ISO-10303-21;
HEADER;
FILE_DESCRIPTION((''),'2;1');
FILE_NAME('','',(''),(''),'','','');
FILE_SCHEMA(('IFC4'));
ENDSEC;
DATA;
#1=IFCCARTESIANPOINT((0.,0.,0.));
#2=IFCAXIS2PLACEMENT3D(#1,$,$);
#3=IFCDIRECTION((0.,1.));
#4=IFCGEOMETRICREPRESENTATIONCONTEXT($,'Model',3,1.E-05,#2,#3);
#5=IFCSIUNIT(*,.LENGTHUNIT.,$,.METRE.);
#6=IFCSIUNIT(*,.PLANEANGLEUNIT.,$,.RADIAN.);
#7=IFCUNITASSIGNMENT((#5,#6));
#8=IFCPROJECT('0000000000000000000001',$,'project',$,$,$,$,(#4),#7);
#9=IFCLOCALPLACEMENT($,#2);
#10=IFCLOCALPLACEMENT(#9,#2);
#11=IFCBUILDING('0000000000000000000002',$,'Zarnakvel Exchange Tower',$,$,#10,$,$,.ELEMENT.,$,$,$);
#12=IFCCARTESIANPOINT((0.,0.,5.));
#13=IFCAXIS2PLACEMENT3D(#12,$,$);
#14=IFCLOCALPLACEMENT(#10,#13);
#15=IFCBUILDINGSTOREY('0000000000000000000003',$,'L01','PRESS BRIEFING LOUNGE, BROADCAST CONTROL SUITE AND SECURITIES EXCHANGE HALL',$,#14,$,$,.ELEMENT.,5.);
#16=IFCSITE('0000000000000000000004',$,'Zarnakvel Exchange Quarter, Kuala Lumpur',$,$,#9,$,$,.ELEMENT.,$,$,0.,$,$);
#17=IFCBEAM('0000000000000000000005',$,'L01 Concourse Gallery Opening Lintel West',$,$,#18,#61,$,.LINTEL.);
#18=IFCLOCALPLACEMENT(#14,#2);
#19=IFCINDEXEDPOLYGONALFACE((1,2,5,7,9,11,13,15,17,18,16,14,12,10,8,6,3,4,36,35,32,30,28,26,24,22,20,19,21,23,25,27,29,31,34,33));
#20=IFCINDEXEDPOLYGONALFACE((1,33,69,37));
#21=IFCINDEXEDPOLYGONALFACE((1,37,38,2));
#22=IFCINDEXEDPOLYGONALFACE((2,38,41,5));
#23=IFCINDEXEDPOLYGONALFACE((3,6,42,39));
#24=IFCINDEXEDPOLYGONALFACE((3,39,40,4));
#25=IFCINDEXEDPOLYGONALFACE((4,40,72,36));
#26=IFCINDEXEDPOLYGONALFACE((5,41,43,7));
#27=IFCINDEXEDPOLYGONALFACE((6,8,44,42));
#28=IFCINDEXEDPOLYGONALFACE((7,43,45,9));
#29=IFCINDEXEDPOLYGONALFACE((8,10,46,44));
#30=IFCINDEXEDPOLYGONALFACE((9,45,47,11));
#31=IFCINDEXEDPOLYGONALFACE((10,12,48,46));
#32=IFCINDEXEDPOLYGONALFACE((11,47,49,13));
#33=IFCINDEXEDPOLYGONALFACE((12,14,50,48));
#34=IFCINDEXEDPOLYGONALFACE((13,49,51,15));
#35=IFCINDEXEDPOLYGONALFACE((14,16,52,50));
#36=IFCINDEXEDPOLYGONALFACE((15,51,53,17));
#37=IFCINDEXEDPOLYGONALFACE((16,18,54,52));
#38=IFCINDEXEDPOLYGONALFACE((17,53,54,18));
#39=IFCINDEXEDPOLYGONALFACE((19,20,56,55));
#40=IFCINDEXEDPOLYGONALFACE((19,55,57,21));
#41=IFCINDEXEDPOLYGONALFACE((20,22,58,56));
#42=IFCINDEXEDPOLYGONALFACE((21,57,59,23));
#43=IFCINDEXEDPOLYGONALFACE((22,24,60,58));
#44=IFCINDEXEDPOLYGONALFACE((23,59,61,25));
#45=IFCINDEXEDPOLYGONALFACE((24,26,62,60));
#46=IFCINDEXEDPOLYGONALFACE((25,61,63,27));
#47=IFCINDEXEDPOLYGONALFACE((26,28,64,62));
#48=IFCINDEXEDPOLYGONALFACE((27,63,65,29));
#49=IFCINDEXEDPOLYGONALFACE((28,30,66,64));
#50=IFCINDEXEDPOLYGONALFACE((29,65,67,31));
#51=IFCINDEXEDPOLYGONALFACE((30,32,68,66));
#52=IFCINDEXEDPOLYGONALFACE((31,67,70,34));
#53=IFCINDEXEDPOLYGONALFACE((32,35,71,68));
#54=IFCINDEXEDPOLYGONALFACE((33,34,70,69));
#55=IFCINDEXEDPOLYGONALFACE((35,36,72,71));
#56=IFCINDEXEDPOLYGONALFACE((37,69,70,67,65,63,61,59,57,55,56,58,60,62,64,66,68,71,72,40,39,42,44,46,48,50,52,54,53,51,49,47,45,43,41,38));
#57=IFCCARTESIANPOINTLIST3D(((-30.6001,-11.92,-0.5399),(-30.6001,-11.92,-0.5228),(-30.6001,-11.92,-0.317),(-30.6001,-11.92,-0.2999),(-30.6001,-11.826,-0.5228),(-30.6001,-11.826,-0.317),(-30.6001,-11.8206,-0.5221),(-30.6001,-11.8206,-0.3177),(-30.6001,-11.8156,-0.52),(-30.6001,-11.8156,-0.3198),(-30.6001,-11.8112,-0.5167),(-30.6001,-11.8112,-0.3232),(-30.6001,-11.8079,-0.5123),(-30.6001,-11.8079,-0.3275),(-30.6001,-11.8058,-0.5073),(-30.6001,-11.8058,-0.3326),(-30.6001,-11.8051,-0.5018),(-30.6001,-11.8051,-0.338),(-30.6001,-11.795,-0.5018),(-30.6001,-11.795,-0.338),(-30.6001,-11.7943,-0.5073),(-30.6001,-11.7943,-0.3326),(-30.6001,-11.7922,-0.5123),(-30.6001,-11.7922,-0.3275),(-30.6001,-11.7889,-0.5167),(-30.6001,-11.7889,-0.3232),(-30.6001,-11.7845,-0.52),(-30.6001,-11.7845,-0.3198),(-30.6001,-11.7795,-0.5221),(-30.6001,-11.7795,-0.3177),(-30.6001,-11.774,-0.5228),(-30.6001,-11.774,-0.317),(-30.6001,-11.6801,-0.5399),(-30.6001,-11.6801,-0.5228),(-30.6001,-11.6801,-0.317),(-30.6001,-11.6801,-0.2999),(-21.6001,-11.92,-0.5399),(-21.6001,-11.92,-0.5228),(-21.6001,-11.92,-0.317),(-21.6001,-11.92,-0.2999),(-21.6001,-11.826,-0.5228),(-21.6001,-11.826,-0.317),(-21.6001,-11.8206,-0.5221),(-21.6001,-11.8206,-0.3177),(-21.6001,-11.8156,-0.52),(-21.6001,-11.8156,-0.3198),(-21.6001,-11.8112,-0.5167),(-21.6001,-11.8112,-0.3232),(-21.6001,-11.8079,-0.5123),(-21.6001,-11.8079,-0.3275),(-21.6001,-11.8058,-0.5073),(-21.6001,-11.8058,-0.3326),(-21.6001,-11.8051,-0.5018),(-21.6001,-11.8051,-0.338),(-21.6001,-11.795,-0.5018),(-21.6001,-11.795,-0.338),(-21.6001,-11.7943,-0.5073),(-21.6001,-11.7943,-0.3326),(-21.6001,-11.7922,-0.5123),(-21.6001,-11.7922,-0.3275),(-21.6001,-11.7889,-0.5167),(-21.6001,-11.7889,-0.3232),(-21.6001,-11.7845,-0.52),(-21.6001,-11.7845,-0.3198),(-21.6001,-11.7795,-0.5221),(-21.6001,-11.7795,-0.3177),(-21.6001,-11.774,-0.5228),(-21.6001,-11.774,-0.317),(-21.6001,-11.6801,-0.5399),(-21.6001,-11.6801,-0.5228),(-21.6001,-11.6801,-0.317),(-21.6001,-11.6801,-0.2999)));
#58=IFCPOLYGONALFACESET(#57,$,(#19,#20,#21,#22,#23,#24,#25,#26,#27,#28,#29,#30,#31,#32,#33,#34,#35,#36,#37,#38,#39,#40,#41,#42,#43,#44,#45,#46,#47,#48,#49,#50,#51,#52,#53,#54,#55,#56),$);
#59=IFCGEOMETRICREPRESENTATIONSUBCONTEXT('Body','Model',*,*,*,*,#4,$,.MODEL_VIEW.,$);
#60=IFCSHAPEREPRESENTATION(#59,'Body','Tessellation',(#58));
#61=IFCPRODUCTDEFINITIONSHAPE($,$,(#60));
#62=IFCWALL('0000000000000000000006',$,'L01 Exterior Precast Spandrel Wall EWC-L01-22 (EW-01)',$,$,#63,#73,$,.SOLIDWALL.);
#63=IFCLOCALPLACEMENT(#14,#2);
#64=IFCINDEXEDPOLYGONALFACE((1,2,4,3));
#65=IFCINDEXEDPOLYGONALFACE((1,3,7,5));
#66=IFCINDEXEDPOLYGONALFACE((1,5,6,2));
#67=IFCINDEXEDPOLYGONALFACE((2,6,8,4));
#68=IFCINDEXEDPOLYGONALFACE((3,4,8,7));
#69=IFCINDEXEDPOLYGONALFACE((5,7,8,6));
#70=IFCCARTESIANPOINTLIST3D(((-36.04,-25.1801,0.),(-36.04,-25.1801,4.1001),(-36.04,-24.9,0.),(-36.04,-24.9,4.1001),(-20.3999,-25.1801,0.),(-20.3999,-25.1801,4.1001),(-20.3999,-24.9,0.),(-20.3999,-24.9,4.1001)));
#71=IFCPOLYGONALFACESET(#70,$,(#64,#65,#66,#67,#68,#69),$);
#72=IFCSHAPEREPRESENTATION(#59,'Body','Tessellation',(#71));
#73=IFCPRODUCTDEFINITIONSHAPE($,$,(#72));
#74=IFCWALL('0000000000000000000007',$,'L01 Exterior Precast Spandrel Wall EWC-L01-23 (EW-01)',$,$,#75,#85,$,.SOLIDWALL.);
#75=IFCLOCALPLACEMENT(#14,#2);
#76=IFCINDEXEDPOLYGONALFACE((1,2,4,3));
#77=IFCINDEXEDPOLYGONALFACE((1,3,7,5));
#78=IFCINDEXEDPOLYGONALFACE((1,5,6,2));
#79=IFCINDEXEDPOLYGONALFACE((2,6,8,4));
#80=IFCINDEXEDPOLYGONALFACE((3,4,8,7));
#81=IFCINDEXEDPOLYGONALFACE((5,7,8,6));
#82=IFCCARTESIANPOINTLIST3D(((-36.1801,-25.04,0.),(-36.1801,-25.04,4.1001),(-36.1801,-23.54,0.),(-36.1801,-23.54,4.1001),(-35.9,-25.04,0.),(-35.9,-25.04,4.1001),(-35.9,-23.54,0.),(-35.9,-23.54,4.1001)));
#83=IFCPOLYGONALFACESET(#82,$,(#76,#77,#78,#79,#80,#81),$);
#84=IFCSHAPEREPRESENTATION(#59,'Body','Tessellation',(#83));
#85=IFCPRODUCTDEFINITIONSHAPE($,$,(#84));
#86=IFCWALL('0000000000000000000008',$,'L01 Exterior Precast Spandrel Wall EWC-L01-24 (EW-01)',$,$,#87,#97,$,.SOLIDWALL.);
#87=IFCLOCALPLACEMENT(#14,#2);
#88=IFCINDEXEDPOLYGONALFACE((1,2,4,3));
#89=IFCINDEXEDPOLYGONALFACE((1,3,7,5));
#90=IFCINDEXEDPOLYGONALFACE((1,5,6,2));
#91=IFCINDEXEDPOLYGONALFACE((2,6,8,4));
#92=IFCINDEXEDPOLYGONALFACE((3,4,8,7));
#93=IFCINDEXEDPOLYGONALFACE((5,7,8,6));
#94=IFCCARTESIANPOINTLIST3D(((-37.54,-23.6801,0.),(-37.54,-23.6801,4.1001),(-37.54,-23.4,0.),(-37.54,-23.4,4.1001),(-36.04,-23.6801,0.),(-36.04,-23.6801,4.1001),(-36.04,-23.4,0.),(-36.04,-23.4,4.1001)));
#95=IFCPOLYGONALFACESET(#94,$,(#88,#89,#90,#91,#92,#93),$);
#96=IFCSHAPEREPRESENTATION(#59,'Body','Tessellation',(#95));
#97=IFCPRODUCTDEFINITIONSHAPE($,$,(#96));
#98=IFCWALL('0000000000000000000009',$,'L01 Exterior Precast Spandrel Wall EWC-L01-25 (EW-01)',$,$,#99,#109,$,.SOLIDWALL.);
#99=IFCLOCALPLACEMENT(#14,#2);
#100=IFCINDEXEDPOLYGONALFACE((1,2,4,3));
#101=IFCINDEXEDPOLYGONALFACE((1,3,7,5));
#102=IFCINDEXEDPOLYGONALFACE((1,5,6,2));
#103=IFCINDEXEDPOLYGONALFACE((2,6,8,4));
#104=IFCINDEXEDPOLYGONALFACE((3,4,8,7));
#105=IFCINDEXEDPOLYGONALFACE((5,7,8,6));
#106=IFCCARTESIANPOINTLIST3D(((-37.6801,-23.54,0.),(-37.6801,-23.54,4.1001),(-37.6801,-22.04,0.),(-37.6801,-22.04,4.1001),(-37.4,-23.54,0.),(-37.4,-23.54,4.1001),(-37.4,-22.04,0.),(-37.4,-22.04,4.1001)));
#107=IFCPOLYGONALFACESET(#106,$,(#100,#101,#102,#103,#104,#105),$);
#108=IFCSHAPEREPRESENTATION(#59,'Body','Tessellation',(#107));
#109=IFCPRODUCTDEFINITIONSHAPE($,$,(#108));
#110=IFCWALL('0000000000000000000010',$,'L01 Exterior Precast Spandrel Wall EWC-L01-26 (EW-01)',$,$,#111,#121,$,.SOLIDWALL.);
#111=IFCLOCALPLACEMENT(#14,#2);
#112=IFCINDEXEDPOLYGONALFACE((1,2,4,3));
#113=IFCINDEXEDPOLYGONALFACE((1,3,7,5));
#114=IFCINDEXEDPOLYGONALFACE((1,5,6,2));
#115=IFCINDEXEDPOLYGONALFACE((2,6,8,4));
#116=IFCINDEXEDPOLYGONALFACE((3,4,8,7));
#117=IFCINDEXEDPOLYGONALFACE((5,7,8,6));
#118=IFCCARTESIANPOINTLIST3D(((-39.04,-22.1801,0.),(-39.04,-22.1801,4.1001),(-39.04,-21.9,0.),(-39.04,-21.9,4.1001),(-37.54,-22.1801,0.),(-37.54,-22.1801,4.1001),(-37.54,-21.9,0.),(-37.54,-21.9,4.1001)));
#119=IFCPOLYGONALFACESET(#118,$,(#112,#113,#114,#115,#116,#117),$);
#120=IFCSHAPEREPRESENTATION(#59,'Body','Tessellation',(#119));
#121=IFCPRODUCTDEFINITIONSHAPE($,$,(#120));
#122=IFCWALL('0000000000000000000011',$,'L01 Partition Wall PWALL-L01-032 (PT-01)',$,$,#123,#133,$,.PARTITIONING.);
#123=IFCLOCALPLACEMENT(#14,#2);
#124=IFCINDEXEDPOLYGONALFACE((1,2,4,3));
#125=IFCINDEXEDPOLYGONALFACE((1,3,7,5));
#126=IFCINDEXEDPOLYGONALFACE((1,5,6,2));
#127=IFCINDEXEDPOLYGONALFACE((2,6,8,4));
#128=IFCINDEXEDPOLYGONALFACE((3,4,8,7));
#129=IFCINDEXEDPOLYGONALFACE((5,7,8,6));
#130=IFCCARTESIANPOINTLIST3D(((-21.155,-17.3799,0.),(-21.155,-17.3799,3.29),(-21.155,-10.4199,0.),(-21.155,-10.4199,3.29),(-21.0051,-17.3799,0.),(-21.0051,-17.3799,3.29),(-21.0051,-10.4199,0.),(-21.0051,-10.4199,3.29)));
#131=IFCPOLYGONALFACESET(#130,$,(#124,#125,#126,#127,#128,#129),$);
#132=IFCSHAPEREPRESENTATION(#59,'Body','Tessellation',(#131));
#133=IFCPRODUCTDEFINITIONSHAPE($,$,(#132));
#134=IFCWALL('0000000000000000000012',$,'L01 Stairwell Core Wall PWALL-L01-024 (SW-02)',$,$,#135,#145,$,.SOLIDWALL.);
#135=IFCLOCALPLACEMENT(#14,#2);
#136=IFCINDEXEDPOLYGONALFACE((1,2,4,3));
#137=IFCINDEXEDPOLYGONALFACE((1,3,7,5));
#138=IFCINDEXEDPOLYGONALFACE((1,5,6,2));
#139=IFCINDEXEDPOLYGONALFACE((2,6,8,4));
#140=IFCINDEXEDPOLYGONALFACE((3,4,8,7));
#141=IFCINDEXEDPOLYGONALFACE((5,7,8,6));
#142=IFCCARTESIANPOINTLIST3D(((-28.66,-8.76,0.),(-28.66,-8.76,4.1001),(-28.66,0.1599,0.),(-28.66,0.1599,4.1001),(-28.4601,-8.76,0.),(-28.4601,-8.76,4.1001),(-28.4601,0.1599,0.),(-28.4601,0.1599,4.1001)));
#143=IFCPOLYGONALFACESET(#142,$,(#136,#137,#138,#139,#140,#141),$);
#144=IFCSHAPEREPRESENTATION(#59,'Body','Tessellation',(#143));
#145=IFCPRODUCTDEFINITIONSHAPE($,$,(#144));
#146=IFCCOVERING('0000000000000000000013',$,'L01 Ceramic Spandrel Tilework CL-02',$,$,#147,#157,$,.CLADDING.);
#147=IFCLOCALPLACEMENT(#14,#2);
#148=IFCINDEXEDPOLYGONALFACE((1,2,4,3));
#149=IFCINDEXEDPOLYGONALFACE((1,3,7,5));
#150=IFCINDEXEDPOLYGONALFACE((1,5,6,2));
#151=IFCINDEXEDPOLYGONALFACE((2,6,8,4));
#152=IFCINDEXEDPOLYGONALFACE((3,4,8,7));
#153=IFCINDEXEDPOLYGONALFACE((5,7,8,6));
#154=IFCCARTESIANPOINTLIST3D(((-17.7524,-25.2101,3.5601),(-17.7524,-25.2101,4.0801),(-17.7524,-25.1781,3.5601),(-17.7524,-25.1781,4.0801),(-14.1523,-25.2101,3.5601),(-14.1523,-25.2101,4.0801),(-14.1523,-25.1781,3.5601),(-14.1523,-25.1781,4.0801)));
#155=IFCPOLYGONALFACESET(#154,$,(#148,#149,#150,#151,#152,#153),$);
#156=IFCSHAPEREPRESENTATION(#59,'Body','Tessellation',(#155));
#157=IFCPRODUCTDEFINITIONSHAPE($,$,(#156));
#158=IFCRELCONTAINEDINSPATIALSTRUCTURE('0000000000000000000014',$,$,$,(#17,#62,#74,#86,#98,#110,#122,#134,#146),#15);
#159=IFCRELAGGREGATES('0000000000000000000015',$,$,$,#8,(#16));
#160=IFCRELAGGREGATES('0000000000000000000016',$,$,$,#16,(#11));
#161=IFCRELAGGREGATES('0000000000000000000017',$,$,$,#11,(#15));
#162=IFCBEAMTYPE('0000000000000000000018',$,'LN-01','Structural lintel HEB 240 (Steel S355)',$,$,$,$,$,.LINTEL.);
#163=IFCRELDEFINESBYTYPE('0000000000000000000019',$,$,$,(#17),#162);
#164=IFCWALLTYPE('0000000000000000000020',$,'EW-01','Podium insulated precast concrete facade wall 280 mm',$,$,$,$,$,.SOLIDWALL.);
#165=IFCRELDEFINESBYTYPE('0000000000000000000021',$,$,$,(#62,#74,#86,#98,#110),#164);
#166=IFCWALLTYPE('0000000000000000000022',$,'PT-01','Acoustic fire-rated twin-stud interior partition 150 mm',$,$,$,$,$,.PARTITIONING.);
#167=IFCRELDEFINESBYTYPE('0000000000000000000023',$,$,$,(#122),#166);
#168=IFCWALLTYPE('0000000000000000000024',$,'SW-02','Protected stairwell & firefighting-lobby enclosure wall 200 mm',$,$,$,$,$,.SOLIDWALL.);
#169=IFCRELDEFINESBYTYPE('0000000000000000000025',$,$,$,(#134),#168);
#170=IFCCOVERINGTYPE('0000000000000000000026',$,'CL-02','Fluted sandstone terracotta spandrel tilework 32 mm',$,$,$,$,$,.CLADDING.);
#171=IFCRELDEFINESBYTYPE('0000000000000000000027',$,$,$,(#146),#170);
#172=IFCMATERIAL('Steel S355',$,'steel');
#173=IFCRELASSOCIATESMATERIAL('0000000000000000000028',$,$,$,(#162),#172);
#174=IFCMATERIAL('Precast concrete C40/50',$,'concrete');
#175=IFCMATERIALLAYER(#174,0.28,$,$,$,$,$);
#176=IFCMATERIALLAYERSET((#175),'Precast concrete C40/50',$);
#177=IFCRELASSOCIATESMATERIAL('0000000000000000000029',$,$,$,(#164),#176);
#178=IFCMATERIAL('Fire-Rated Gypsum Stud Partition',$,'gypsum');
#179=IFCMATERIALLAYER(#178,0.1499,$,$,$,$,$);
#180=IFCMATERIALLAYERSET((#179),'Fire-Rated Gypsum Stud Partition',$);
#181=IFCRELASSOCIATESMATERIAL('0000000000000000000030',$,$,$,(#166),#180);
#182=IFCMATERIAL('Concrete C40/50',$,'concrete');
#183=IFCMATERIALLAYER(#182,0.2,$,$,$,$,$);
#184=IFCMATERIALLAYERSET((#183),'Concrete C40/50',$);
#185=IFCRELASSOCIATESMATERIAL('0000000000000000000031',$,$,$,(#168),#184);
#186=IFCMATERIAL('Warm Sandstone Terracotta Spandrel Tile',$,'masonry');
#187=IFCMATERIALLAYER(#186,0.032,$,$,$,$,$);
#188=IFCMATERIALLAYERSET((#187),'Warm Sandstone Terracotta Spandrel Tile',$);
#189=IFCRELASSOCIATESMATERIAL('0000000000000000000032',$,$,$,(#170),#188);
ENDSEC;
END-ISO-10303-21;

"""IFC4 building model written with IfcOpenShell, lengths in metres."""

from ifc_helpers import new_model, si_unit, direction, frame, frame_2d, origin, origin_2d, place, context, subcontext, project, spatial, rectangle, i_section, extrude, source, transform, mapped, material, layer, layer_set, material_profile, profile_set, type_object, element, save


model = new_model("IFC4")

# Units and contexts
model_context = context("Model", 3, precision=1e-05, world=origin(), true_north=direction((0.0, 1.0)))
body_context = subcontext(model_context, "Body", "Model", "MODEL_VIEW")
ifc_project = project(units=[si_unit("LENGTHUNIT", "METRE"), si_unit("PLANEANGLEUNIT", "RADIAN")], contexts=[model_context])

# Site, building, storey
site_placement = place(None, origin())
site = spatial("IfcSite", under=ifc_project, at=site_placement, Name="Zarnakvel Exchange Quarter, Kuala Lumpur", CompositionType="ELEMENT", RefElevation=0.0)
building_placement = place(site_placement, origin())
building = spatial("IfcBuilding", under=site, at=building_placement, Name="Zarnakvel Exchange Tower", CompositionType="ELEMENT")
storey_placement = place(building_placement, frame((0.0, 0.0, 5.0)))
storey = spatial("IfcBuildingStorey", under=building, at=storey_placement, Name="L01", Description="PRESS BRIEFING LOUNGE, BROADCAST CONTROL SUITE AND SECURITIES EXCHANGE HALL", CompositionType="ELEMENT", Elevation=5.0)

# Beam
ifc_material_1 = material(Name="Steel S355", Category="steel")
ifc_material_profile_1 = material_profile(ifc_material_1, i_section(OverallWidth=0.24, OverallDepth=0.24, WebThickness=0.01, FlangeThickness=0.0171, FilletRadius=0.021, at=origin_2d()))
ifc_profile_set_1 = profile_set([ifc_material_profile_1], Name="Steel S355")
beam_type_1 = type_object("IfcBeamType", Name="LN-01", Description="Structural lintel HEB 240 (Steel S355)", PredefinedType="LINTEL", material=ifc_profile_set_1)
beam_1_placement = place(storey_placement, frame((-30.6001, -11.8, -0.4199), z_axis=(1.0, 0.0, 0.0), x_axis=(0.0, 1.0, 0.0)))
element("IfcBeam", 1, at=beam_1_placement, inside=storey, type_object=beam_type_1, Name="L01 Concourse Gallery Opening Lintel West", PredefinedType="LINTEL", context=body_context, shape_type="SweptSolid", body=[
    extrude(i_section(OverallWidth=0.24, OverallDepth=0.24, WebThickness=0.01, FlangeThickness=0.0171, FilletRadius=0.021, at=origin_2d()), origin(), (0.0, 0.0, 1.0), 9.0),
])

# Walls
ifc_material_2 = material(Name="Precast concrete C40/50", Category="concrete")
ifc_layer_1 = layer(ifc_material_2, 0.28)
ifc_layer_set_1 = layer_set([ifc_layer_1], Name="Precast concrete C40/50")
wall_type_1 = type_object("IfcWallType", Name="EW-01", Description="Podium insulated precast concrete facade wall 280 mm", PredefinedType="SOLIDWALL", material=ifc_layer_set_1)
wall_1_placement = place(storey_placement, frame((-36.04, -25.04, 0.0), z_axis=(0.0, 0.0, 1.0), x_axis=(1.0, 0.0, 0.0)))
element("IfcWall", 2, at=wall_1_placement, inside=storey, type_object=wall_type_1, Name="L01 Exterior Precast Spandrel Wall EWC-L01-22 (EW-01)", PredefinedType="SOLIDWALL", context=body_context, shape_type="SweptSolid", body=[
    extrude(rectangle(XDim=15.6401, YDim=0.28, at=frame_2d((7.8201, 0.0))), origin(), (0.0, 0.0, 1.0), 4.1001),
])
for number, where, z_axis, x_axis, name in (
    (3, (-36.04, -23.54, 0.0), (0.0, 0.0, 1.0), (0.0, -1.0, 0.0), "L01 Exterior Precast Spandrel Wall EWC-L01-23 (EW-01)"),
    (4, (-37.54, -23.54, 0.0), (0.0, 0.0, 1.0), (1.0, 0.0, 0.0), "L01 Exterior Precast Spandrel Wall EWC-L01-24 (EW-01)"),
    (5, (-37.54, -22.04, 0.0), (0.0, 0.0, 1.0), (0.0, -1.0, 0.0), "L01 Exterior Precast Spandrel Wall EWC-L01-25 (EW-01)"),
    (6, (-39.04, -22.04, 0.0), (0.0, 0.0, 1.0), (1.0, 0.0, 0.0), "L01 Exterior Precast Spandrel Wall EWC-L01-26 (EW-01)"),
):
    element("IfcWall", number, at=place(storey_placement, frame(where, z_axis=z_axis, x_axis=x_axis)), inside=storey, type_object=wall_type_1, Name=name, PredefinedType="SOLIDWALL", context=body_context, shape_type="SweptSolid", body=[
        extrude(rectangle(XDim=1.5, YDim=0.28, at=frame_2d((0.75, 0.0))), origin(), (0.0, 0.0, 1.0), 4.1001),
    ])
ifc_material_3 = material(Name="Fire-Rated Gypsum Stud Partition", Category="gypsum")
ifc_layer_2 = layer(ifc_material_3, 0.1499)
ifc_layer_set_2 = layer_set([ifc_layer_2], Name="Fire-Rated Gypsum Stud Partition")
wall_type_2 = type_object("IfcWallType", Name="PT-01", Description="Acoustic fire-rated twin-stud interior partition 150 mm", PredefinedType="PARTITIONING", material=ifc_layer_set_2)
wall_2_placement = place(storey_placement, frame((-21.0801, -17.3799, 0.0), z_axis=(0.0, 0.0, 1.0), x_axis=(0.0, 1.0, 0.0)))
element("IfcWall", 7, at=wall_2_placement, inside=storey, type_object=wall_type_2, Name="L01 Partition Wall PWALL-L01-032 (PT-01)", PredefinedType="PARTITIONING", context=body_context, shape_type="SweptSolid", body=[
    extrude(rectangle(XDim=6.96, YDim=0.1499, at=frame_2d((3.48, 0.0))), origin(), (0.0, 0.0, 1.0), 3.29),
])
ifc_material_4 = material(Name="Concrete C40/50", Category="concrete")
ifc_layer_3 = layer(ifc_material_4, 0.2)
ifc_layer_set_3 = layer_set([ifc_layer_3], Name="Concrete C40/50")
wall_type_3 = type_object("IfcWallType", Name="SW-02", Description="Protected stairwell & firefighting-lobby enclosure wall 200 mm", PredefinedType="SOLIDWALL", material=ifc_layer_set_3)
wall_3_placement = place(storey_placement, frame((-28.5601, -8.76, 0.0), z_axis=(0.0, 0.0, 1.0), x_axis=(0.0, 1.0, 0.0)))
element("IfcWall", 8, at=wall_3_placement, inside=storey, type_object=wall_type_3, Name="L01 Stairwell Core Wall PWALL-L01-024 (SW-02)", PredefinedType="SOLIDWALL", context=body_context, shape_type="SweptSolid", body=[
    extrude(rectangle(XDim=8.9199, YDim=0.2, at=frame_2d((4.46, 0.0))), origin(), (0.0, 0.0, 1.0), 4.1001),
])

# Covering
ifc_material_5 = material(Name="Warm Sandstone Terracotta Spandrel Tile", Category="masonry")
ifc_layer_4 = layer(ifc_material_5, 0.032)
ifc_layer_set_4 = layer_set([ifc_layer_4], Name="Warm Sandstone Terracotta Spandrel Tile")
covering_type = type_object("IfcCoveringType", Name="CL-02", Description="Fluted sandstone terracotta spandrel tilework 32 mm", PredefinedType="CLADDING", material=ifc_layer_set_4)
shared_shape = source(origin(), body_context, "Body", "SweptSolid", [
    extrude(rectangle(XDim=3.6001, YDim=0.032, at=origin_2d()), origin(), (0.0, 0.0, 1.0), 0.52),
])
covering_placement = place(storey_placement, frame((-15.9524, -25.1941, 3.5601), z_axis=(0.0, 0.0, 1.0), x_axis=(-1.0, 0.0, 0.0)))
element("IfcCovering", 9, at=covering_placement, inside=storey, type_object=covering_type, Name="L01 Ceramic Spandrel Tilework CL-02", PredefinedType="CLADDING", context=body_context, shape_type="MappedRepresentation", body=[
    mapped(shared_shape, transform((0.0, 0.0, 0.0), x_axis=(1.0, 0.0, 0.0), y_axis=(0.0, 1.0, 0.0), z_axis=(0.0, 0.0, 1.0), scale=1.0)),
])

save(model, "model.ifc")
